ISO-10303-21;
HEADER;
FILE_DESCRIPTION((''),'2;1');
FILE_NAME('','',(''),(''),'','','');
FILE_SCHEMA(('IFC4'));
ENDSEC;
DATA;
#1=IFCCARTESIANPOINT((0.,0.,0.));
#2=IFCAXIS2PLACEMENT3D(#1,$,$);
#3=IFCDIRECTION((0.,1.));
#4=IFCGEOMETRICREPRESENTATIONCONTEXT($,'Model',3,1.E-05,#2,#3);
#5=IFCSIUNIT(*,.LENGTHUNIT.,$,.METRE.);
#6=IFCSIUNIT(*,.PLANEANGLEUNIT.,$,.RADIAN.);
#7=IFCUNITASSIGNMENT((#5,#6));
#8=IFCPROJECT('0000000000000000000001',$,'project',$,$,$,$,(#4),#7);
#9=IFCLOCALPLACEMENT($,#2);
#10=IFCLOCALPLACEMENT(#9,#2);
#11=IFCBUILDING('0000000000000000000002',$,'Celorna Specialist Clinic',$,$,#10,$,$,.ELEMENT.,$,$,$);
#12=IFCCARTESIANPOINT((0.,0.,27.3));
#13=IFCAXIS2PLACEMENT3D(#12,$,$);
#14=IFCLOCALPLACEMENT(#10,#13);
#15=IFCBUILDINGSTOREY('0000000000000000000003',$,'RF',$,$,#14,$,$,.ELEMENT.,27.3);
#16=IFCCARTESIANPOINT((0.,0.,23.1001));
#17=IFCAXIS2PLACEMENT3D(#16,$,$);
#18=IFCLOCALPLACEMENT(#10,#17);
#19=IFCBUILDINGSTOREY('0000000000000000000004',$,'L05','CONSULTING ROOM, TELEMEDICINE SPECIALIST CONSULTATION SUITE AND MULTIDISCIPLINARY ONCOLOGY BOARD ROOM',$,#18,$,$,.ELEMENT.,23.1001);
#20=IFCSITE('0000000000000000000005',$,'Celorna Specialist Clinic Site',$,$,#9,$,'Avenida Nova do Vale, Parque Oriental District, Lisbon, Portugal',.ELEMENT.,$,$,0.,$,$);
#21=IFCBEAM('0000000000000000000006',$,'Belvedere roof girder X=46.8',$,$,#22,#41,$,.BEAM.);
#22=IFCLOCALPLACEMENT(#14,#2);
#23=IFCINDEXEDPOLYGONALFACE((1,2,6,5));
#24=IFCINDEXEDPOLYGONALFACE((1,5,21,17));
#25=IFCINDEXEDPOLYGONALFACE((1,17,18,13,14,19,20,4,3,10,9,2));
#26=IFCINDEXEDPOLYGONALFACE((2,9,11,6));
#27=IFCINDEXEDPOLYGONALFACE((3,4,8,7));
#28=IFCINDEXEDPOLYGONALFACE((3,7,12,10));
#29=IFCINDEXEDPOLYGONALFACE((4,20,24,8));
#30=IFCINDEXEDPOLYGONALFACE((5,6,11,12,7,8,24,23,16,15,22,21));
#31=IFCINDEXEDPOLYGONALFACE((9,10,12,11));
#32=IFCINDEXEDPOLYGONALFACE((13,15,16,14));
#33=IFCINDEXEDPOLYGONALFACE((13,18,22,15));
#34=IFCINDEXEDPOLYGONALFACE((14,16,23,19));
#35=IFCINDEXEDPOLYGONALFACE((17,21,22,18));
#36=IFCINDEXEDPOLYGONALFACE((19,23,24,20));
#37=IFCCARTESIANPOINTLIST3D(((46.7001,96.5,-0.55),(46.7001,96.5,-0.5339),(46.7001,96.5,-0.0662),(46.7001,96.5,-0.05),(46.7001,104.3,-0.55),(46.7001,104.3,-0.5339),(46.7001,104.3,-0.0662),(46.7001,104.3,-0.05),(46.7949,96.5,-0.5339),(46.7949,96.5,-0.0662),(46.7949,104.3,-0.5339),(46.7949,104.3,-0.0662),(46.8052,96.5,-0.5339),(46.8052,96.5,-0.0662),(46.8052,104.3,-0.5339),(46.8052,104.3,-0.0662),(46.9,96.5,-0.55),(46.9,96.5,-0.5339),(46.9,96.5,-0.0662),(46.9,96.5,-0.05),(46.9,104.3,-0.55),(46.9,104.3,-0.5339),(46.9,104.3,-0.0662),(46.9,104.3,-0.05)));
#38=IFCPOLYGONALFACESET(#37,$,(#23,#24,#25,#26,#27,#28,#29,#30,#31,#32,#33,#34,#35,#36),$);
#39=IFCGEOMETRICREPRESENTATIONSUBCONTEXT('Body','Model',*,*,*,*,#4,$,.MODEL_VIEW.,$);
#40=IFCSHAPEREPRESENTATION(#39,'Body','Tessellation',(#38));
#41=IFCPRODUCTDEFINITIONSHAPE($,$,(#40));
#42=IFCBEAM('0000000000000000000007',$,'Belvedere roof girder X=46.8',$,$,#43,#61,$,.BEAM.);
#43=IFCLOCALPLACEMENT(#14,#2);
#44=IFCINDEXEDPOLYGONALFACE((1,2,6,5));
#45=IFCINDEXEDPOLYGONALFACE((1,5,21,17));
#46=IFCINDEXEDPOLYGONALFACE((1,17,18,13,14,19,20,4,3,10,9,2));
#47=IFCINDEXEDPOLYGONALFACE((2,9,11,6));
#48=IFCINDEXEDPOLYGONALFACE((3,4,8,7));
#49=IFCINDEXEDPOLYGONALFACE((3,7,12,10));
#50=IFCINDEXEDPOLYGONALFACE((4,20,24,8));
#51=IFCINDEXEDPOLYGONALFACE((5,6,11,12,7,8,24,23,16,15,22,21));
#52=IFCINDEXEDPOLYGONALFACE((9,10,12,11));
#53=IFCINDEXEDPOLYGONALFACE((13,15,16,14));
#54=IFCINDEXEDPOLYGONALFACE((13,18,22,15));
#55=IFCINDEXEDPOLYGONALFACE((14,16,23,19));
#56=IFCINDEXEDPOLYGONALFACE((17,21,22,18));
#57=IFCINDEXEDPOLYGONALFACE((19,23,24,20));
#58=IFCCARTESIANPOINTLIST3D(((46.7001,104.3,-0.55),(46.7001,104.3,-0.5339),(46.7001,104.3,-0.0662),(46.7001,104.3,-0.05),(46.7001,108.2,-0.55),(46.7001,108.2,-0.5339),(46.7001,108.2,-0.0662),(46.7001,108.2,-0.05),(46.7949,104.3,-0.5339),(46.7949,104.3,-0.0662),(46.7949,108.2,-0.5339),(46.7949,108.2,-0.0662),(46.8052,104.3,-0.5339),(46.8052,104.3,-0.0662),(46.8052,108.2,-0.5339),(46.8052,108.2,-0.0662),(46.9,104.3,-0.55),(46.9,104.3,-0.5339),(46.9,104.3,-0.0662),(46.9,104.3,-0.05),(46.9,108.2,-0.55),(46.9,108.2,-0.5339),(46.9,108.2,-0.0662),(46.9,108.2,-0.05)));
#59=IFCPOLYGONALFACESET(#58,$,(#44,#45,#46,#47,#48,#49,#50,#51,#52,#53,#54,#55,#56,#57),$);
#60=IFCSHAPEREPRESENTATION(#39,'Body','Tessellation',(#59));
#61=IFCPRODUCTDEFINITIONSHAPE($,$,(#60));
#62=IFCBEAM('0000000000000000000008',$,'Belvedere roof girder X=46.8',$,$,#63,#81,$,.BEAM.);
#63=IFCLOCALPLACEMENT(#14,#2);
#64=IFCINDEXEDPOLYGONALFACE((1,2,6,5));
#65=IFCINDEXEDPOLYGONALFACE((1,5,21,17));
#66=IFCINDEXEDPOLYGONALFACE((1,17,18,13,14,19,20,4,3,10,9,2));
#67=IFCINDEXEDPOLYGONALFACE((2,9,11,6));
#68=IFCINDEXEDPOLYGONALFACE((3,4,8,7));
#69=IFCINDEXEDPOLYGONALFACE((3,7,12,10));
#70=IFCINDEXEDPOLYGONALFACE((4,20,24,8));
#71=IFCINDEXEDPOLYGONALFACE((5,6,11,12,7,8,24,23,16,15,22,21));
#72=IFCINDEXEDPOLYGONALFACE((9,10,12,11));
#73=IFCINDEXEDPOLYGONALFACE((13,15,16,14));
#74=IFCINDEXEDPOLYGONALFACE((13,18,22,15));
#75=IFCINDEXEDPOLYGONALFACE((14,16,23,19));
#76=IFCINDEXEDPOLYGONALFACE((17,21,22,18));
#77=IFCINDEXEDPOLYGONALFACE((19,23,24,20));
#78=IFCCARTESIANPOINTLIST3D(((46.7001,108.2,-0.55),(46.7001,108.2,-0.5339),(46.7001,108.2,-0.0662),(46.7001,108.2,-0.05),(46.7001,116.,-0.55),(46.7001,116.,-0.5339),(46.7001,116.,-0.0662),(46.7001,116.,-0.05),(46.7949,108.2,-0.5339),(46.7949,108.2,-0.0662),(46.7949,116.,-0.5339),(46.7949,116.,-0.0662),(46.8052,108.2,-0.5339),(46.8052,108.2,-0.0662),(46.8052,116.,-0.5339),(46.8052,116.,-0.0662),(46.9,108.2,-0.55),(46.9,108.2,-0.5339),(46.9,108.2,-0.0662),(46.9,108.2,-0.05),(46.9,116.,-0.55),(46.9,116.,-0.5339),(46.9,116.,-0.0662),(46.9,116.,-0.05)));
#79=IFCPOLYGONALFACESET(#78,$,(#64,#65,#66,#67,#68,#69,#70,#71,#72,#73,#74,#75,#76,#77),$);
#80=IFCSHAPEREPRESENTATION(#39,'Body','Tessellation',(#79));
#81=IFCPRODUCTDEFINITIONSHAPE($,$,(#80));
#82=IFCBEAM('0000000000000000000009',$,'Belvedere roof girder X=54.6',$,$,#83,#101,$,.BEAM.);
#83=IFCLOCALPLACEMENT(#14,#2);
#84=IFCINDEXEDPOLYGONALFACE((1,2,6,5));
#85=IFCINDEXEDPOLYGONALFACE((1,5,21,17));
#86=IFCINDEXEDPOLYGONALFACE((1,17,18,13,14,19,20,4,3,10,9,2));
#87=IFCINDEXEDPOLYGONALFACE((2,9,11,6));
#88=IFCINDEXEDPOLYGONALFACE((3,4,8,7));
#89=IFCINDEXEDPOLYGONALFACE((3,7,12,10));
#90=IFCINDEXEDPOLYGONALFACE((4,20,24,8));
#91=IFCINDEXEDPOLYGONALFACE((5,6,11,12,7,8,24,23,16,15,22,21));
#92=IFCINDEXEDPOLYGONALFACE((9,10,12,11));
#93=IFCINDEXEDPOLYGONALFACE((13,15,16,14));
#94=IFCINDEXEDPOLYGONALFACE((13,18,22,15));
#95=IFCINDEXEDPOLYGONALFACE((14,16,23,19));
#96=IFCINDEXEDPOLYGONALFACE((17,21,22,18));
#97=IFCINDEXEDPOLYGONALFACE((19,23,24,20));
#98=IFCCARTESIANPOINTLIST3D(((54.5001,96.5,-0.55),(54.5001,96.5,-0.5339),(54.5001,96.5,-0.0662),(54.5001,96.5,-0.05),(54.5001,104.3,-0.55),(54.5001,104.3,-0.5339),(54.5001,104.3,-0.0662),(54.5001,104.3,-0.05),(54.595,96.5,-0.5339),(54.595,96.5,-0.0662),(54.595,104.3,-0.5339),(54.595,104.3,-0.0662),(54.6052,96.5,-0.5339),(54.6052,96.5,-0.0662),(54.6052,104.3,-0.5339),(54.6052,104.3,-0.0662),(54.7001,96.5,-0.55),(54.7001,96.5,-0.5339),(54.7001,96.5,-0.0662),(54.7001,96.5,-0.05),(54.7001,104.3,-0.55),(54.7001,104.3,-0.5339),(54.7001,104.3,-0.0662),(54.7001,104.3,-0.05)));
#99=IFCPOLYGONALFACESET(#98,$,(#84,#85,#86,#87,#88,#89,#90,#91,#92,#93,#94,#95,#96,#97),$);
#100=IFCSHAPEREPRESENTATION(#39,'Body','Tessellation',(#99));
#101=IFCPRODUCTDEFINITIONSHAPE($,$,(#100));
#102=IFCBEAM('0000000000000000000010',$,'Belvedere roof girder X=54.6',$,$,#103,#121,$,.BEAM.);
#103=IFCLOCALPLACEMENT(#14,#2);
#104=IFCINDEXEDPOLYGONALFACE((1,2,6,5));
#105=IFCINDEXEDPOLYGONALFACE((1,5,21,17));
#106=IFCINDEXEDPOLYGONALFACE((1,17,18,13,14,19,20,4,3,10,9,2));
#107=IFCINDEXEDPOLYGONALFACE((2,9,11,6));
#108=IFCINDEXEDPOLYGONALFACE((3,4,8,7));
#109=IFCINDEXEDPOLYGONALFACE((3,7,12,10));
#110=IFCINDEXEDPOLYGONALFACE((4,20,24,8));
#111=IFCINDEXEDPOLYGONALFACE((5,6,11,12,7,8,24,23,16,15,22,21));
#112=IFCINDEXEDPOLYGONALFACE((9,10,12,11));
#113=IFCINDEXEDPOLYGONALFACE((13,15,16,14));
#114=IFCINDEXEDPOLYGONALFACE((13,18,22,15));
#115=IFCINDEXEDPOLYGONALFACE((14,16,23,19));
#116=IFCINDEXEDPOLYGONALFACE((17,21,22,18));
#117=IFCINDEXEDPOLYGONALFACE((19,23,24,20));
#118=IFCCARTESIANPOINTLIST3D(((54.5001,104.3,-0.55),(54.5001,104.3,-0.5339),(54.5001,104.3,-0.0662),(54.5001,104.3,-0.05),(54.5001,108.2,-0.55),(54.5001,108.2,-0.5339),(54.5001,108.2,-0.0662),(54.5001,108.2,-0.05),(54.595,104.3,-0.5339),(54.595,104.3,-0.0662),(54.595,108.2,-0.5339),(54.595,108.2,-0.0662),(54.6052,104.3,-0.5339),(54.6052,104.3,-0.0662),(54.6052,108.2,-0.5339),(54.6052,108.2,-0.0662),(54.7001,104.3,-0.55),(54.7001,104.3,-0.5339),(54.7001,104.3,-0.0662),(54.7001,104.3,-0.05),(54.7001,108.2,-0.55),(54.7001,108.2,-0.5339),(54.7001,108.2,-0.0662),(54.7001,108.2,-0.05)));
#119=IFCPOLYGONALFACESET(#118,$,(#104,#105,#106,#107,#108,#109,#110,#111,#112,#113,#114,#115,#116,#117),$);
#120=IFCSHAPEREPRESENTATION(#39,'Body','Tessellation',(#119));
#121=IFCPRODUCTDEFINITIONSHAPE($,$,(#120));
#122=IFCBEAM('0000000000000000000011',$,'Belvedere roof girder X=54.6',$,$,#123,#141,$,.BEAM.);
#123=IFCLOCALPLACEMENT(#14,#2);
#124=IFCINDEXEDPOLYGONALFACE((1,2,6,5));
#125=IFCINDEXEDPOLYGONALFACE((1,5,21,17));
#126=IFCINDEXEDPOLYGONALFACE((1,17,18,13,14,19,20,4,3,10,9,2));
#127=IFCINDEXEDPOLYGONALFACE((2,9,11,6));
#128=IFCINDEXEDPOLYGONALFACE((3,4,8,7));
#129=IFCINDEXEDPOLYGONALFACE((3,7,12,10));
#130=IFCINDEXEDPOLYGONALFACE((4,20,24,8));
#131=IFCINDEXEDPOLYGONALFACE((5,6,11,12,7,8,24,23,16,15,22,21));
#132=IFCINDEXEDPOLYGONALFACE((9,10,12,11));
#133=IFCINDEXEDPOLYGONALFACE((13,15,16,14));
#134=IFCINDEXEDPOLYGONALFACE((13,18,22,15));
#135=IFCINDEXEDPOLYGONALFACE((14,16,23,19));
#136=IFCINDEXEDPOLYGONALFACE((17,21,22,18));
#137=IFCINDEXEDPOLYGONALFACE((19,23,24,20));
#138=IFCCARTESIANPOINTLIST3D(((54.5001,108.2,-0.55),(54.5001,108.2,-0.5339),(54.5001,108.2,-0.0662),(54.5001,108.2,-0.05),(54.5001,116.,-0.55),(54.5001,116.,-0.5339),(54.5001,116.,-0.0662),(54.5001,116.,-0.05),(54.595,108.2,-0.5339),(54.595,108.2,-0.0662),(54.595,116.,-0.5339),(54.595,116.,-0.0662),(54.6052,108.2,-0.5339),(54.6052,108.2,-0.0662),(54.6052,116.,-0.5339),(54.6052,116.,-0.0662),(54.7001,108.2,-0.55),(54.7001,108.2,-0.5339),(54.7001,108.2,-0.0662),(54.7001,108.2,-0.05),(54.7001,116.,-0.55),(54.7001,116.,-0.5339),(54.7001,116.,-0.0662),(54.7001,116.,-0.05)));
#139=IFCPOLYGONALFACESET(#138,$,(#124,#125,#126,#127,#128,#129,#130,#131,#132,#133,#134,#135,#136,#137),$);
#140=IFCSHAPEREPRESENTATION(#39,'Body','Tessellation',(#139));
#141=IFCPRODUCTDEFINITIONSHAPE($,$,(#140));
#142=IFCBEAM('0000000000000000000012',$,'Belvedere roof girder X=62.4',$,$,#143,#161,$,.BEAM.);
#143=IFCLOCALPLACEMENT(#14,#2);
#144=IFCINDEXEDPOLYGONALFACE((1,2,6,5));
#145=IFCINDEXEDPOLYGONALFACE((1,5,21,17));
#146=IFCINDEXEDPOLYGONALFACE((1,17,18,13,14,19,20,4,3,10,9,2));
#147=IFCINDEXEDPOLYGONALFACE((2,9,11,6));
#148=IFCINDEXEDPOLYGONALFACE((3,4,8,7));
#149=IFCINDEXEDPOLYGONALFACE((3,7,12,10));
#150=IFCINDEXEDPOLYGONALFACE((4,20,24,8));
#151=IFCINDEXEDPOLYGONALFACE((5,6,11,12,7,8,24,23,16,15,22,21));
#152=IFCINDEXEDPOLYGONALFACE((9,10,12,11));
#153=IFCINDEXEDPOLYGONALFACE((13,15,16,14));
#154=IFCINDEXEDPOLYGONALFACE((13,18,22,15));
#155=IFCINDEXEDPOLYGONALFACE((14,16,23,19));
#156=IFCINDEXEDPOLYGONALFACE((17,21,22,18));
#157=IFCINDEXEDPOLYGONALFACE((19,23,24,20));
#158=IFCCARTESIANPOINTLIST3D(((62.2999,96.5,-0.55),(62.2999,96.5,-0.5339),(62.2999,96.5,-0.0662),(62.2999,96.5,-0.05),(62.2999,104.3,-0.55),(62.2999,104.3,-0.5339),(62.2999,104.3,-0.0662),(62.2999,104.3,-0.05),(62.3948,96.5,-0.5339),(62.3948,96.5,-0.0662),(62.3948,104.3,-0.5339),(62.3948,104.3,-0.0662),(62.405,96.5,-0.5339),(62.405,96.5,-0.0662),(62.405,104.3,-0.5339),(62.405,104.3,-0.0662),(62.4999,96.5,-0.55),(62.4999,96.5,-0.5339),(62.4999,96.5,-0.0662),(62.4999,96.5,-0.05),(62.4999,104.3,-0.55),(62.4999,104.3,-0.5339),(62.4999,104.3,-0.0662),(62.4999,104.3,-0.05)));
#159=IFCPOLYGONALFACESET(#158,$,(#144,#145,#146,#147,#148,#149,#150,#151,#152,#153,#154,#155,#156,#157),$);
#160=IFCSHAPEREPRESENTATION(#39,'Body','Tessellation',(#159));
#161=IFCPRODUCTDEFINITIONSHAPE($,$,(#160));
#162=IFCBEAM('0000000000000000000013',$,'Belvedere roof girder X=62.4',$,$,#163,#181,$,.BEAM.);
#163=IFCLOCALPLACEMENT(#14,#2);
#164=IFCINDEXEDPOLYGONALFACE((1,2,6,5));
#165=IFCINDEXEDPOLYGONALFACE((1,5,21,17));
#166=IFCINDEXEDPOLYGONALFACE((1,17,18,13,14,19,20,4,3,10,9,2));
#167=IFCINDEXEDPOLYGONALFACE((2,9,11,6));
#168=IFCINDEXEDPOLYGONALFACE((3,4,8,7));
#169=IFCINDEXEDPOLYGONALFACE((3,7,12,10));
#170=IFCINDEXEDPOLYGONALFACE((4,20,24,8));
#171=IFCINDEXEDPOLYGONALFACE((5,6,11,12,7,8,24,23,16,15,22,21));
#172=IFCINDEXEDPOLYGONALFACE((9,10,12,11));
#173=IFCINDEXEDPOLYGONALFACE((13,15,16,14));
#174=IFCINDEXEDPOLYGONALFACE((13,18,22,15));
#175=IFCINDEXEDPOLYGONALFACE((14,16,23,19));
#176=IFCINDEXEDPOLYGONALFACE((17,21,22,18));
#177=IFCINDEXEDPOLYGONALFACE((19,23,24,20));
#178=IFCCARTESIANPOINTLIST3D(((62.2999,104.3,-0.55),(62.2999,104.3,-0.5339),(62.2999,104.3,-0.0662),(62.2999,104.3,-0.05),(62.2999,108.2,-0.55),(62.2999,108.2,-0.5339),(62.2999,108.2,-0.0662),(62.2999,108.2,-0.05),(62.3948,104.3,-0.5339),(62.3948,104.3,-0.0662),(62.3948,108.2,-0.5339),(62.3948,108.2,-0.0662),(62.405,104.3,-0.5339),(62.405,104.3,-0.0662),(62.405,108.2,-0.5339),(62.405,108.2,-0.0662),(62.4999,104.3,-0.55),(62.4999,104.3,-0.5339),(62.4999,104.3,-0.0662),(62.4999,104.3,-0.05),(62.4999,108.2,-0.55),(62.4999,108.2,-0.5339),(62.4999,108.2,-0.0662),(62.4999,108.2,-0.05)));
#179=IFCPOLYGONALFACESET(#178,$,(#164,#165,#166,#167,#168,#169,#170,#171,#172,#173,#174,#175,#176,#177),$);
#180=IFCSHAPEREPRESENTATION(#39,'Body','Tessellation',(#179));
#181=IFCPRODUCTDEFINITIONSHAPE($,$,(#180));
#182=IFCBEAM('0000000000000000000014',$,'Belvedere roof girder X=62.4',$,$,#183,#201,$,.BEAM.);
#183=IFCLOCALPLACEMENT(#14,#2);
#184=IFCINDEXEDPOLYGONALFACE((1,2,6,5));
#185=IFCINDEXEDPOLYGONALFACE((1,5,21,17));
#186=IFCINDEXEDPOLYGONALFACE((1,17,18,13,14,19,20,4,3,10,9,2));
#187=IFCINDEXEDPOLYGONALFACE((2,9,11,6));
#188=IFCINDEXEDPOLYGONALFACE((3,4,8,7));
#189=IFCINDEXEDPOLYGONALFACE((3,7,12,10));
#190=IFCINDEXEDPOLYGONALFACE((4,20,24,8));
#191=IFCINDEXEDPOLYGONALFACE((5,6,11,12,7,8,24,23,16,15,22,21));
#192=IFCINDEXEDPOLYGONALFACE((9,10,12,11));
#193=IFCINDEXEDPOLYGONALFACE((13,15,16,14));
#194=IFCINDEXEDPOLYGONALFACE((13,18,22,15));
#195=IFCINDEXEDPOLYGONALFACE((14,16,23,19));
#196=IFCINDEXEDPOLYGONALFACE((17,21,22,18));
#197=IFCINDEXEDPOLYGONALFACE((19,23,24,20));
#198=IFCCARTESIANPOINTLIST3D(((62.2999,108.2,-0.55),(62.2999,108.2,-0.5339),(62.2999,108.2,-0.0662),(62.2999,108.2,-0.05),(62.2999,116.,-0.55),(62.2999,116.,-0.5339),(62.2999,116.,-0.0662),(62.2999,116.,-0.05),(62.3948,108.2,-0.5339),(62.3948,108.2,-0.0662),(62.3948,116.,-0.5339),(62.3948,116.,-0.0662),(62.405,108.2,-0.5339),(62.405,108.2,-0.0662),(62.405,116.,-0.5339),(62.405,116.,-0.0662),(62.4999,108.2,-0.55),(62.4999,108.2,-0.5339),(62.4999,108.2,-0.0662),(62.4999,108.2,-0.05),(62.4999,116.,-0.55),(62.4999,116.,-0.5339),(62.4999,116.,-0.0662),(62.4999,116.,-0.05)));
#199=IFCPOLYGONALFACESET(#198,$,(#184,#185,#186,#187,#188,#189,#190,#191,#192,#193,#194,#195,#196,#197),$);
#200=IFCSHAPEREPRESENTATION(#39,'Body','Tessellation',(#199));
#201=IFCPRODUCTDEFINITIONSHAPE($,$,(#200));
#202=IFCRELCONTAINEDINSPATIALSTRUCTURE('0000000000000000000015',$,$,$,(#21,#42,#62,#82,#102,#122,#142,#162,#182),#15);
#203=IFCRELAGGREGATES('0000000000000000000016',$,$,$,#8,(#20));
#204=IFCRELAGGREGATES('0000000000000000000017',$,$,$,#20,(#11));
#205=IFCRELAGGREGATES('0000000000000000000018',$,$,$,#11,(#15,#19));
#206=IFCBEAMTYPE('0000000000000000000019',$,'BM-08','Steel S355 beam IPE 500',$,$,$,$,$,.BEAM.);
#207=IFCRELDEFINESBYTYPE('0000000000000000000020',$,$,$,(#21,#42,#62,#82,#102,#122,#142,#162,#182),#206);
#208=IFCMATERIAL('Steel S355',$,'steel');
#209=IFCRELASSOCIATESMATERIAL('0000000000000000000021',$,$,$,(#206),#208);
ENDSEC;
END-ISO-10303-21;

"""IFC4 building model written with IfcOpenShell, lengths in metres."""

from ifc_helpers import new_model, si_unit, direction, frame, origin, origin_2d, place, context, subcontext, project, spatial, i_section, extrude, material, material_profile, profile_set, type_object, element, save


model = new_model("IFC4")

# Units and contexts
model_context = context("Model", 3, precision=1e-05, world=origin(), true_north=direction((0.0, 1.0)))
body_context = subcontext(model_context, "Body", "Model", "MODEL_VIEW")
ifc_project = project(units=[si_unit("LENGTHUNIT", "METRE"), si_unit("PLANEANGLEUNIT", "RADIAN")], contexts=[model_context])

# Site, building, storey
site_placement = place(None, origin())
site = spatial("IfcSite", under=ifc_project, at=site_placement, Name="Celorna Specialist Clinic Site", LongName="Avenida Nova do Vale, Parque Oriental District, Lisbon, Portugal", CompositionType="ELEMENT", RefElevation=0.0)
building_placement = place(site_placement, origin())
building = spatial("IfcBuilding", under=site, at=building_placement, Name="Celorna Specialist Clinic", CompositionType="ELEMENT")
storey_1_placement = place(building_placement, frame((0.0, 0.0, 27.3)))
storey_1 = spatial("IfcBuildingStorey", under=building, at=storey_1_placement, Name="RF", CompositionType="ELEMENT", Elevation=27.3)

# Beams
ifc_material_1 = material(Name="Steel S355", Category="steel")
ifc_material_profile_1 = material_profile(ifc_material_1, i_section(OverallWidth=0.2, OverallDepth=0.5, WebThickness=0.0103, FlangeThickness=0.0161, at=origin_2d()), Name="IPE 500")
ifc_profile_set_1 = profile_set([ifc_material_profile_1], Name="Steel S355")
beam_type = type_object("IfcBeamType", Name="BM-08", Description="Steel S355 beam IPE 500", PredefinedType="BEAM", material=ifc_profile_set_1)
beam_1_placement = place(storey_1_placement, frame((46.8, 96.5, -0.3), z_axis=(0.0, 1.0, 0.0), x_axis=(-1.0, 0.0, 0.0)))
element("IfcBeam", 1, at=beam_1_placement, inside=storey_1, type_object=beam_type, Name="Belvedere roof girder X=46.8", PredefinedType="BEAM", context=body_context, shape_type="SweptSolid", body=[
    extrude(i_section(OverallWidth=0.2, OverallDepth=0.5, WebThickness=0.0103, FlangeThickness=0.0161, at=origin_2d()), origin(), (0.0, 0.0, 1.0), 7.8),
])
beam_2_placement = place(storey_1_placement, frame((46.8, 104.3, -0.3), z_axis=(0.0, 1.0, 0.0), x_axis=(-1.0, 0.0, 0.0)))
element("IfcBeam", 2, at=beam_2_placement, inside=storey_1, type_object=beam_type, Name="Belvedere roof girder X=46.8", PredefinedType="BEAM", context=body_context, shape_type="SweptSolid", body=[
    extrude(i_section(OverallWidth=0.2, OverallDepth=0.5, WebThickness=0.0103, FlangeThickness=0.0161, at=origin_2d()), origin(), (0.0, 0.0, 1.0), 3.8999),
])
for number, where, z_axis, x_axis, name in (
    (3, (46.8, 108.2, -0.3), (0.0, 1.0, 0.0), (-1.0, 0.0, 0.0), "Belvedere roof girder X=46.8"),
    (4, (54.6001, 96.5, -0.3), (0.0, 1.0, 0.0), (-1.0, 0.0, 0.0), "Belvedere roof girder X=54.6"),
):
    element("IfcBeam", number, at=place(storey_1_placement, frame(where, z_axis=z_axis, x_axis=x_axis)), inside=storey_1, type_object=beam_type, Name=name, PredefinedType="BEAM", context=body_context, shape_type="SweptSolid", body=[
        extrude(i_section(OverallWidth=0.2, OverallDepth=0.5, WebThickness=0.0103, FlangeThickness=0.0161, at=origin_2d()), origin(), (0.0, 0.0, 1.0), 7.8),
    ])
beam_3_placement = place(storey_1_placement, frame((54.6001, 104.3, -0.3), z_axis=(0.0, 1.0, 0.0), x_axis=(-1.0, 0.0, 0.0)))
element("IfcBeam", 5, at=beam_3_placement, inside=storey_1, type_object=beam_type, Name="Belvedere roof girder X=54.6", PredefinedType="BEAM", context=body_context, shape_type="SweptSolid", body=[
    extrude(i_section(OverallWidth=0.2, OverallDepth=0.5, WebThickness=0.0103, FlangeThickness=0.0161, at=origin_2d()), origin(), (0.0, 0.0, 1.0), 3.8999),
])
for number, where, z_axis, x_axis, name in (
    (6, (54.6001, 108.2, -0.3), (0.0, 1.0, 0.0), (-1.0, 0.0, 0.0), "Belvedere roof girder X=54.6"),
    (7, (62.3999, 96.5, -0.3), (0.0, 1.0, 0.0), (-1.0, 0.0, 0.0), "Belvedere roof girder X=62.4"),
):
    element("IfcBeam", number, at=place(storey_1_placement, frame(where, z_axis=z_axis, x_axis=x_axis)), inside=storey_1, type_object=beam_type, Name=name, PredefinedType="BEAM", context=body_context, shape_type="SweptSolid", body=[
        extrude(i_section(OverallWidth=0.2, OverallDepth=0.5, WebThickness=0.0103, FlangeThickness=0.0161, at=origin_2d()), origin(), (0.0, 0.0, 1.0), 7.8),
    ])
beam_4_placement = place(storey_1_placement, frame((62.3999, 104.3, -0.3), z_axis=(0.0, 1.0, 0.0), x_axis=(-1.0, 0.0, 0.0)))
element("IfcBeam", 8, at=beam_4_placement, inside=storey_1, type_object=beam_type, Name="Belvedere roof girder X=62.4", PredefinedType="BEAM", context=body_context, shape_type="SweptSolid", body=[
    extrude(i_section(OverallWidth=0.2, OverallDepth=0.5, WebThickness=0.0103, FlangeThickness=0.0161, at=origin_2d()), origin(), (0.0, 0.0, 1.0), 3.8999),
])
beam_5_placement = place(storey_1_placement, frame((62.3999, 108.2, -0.3), z_axis=(0.0, 1.0, 0.0), x_axis=(-1.0, 0.0, 0.0)))
element("IfcBeam", 9, at=beam_5_placement, inside=storey_1, type_object=beam_type, Name="Belvedere roof girder X=62.4", PredefinedType="BEAM", context=body_context, shape_type="SweptSolid", body=[
    extrude(i_section(OverallWidth=0.2, OverallDepth=0.5, WebThickness=0.0103, FlangeThickness=0.0161, at=origin_2d()), origin(), (0.0, 0.0, 1.0), 7.8),
])

# Shared definitions
storey_2_placement = place(building_placement, frame((0.0, 0.0, 23.1001)))
storey_2 = spatial("IfcBuildingStorey", under=building, at=storey_2_placement, Name="L05", Description="CONSULTING ROOM, TELEMEDICINE SPECIALIST CONSULTATION SUITE AND MULTIDISCIPLINARY ONCOLOGY BOARD ROOM", CompositionType="ELEMENT", Elevation=23.1001)

save(model, "model.ifc")
